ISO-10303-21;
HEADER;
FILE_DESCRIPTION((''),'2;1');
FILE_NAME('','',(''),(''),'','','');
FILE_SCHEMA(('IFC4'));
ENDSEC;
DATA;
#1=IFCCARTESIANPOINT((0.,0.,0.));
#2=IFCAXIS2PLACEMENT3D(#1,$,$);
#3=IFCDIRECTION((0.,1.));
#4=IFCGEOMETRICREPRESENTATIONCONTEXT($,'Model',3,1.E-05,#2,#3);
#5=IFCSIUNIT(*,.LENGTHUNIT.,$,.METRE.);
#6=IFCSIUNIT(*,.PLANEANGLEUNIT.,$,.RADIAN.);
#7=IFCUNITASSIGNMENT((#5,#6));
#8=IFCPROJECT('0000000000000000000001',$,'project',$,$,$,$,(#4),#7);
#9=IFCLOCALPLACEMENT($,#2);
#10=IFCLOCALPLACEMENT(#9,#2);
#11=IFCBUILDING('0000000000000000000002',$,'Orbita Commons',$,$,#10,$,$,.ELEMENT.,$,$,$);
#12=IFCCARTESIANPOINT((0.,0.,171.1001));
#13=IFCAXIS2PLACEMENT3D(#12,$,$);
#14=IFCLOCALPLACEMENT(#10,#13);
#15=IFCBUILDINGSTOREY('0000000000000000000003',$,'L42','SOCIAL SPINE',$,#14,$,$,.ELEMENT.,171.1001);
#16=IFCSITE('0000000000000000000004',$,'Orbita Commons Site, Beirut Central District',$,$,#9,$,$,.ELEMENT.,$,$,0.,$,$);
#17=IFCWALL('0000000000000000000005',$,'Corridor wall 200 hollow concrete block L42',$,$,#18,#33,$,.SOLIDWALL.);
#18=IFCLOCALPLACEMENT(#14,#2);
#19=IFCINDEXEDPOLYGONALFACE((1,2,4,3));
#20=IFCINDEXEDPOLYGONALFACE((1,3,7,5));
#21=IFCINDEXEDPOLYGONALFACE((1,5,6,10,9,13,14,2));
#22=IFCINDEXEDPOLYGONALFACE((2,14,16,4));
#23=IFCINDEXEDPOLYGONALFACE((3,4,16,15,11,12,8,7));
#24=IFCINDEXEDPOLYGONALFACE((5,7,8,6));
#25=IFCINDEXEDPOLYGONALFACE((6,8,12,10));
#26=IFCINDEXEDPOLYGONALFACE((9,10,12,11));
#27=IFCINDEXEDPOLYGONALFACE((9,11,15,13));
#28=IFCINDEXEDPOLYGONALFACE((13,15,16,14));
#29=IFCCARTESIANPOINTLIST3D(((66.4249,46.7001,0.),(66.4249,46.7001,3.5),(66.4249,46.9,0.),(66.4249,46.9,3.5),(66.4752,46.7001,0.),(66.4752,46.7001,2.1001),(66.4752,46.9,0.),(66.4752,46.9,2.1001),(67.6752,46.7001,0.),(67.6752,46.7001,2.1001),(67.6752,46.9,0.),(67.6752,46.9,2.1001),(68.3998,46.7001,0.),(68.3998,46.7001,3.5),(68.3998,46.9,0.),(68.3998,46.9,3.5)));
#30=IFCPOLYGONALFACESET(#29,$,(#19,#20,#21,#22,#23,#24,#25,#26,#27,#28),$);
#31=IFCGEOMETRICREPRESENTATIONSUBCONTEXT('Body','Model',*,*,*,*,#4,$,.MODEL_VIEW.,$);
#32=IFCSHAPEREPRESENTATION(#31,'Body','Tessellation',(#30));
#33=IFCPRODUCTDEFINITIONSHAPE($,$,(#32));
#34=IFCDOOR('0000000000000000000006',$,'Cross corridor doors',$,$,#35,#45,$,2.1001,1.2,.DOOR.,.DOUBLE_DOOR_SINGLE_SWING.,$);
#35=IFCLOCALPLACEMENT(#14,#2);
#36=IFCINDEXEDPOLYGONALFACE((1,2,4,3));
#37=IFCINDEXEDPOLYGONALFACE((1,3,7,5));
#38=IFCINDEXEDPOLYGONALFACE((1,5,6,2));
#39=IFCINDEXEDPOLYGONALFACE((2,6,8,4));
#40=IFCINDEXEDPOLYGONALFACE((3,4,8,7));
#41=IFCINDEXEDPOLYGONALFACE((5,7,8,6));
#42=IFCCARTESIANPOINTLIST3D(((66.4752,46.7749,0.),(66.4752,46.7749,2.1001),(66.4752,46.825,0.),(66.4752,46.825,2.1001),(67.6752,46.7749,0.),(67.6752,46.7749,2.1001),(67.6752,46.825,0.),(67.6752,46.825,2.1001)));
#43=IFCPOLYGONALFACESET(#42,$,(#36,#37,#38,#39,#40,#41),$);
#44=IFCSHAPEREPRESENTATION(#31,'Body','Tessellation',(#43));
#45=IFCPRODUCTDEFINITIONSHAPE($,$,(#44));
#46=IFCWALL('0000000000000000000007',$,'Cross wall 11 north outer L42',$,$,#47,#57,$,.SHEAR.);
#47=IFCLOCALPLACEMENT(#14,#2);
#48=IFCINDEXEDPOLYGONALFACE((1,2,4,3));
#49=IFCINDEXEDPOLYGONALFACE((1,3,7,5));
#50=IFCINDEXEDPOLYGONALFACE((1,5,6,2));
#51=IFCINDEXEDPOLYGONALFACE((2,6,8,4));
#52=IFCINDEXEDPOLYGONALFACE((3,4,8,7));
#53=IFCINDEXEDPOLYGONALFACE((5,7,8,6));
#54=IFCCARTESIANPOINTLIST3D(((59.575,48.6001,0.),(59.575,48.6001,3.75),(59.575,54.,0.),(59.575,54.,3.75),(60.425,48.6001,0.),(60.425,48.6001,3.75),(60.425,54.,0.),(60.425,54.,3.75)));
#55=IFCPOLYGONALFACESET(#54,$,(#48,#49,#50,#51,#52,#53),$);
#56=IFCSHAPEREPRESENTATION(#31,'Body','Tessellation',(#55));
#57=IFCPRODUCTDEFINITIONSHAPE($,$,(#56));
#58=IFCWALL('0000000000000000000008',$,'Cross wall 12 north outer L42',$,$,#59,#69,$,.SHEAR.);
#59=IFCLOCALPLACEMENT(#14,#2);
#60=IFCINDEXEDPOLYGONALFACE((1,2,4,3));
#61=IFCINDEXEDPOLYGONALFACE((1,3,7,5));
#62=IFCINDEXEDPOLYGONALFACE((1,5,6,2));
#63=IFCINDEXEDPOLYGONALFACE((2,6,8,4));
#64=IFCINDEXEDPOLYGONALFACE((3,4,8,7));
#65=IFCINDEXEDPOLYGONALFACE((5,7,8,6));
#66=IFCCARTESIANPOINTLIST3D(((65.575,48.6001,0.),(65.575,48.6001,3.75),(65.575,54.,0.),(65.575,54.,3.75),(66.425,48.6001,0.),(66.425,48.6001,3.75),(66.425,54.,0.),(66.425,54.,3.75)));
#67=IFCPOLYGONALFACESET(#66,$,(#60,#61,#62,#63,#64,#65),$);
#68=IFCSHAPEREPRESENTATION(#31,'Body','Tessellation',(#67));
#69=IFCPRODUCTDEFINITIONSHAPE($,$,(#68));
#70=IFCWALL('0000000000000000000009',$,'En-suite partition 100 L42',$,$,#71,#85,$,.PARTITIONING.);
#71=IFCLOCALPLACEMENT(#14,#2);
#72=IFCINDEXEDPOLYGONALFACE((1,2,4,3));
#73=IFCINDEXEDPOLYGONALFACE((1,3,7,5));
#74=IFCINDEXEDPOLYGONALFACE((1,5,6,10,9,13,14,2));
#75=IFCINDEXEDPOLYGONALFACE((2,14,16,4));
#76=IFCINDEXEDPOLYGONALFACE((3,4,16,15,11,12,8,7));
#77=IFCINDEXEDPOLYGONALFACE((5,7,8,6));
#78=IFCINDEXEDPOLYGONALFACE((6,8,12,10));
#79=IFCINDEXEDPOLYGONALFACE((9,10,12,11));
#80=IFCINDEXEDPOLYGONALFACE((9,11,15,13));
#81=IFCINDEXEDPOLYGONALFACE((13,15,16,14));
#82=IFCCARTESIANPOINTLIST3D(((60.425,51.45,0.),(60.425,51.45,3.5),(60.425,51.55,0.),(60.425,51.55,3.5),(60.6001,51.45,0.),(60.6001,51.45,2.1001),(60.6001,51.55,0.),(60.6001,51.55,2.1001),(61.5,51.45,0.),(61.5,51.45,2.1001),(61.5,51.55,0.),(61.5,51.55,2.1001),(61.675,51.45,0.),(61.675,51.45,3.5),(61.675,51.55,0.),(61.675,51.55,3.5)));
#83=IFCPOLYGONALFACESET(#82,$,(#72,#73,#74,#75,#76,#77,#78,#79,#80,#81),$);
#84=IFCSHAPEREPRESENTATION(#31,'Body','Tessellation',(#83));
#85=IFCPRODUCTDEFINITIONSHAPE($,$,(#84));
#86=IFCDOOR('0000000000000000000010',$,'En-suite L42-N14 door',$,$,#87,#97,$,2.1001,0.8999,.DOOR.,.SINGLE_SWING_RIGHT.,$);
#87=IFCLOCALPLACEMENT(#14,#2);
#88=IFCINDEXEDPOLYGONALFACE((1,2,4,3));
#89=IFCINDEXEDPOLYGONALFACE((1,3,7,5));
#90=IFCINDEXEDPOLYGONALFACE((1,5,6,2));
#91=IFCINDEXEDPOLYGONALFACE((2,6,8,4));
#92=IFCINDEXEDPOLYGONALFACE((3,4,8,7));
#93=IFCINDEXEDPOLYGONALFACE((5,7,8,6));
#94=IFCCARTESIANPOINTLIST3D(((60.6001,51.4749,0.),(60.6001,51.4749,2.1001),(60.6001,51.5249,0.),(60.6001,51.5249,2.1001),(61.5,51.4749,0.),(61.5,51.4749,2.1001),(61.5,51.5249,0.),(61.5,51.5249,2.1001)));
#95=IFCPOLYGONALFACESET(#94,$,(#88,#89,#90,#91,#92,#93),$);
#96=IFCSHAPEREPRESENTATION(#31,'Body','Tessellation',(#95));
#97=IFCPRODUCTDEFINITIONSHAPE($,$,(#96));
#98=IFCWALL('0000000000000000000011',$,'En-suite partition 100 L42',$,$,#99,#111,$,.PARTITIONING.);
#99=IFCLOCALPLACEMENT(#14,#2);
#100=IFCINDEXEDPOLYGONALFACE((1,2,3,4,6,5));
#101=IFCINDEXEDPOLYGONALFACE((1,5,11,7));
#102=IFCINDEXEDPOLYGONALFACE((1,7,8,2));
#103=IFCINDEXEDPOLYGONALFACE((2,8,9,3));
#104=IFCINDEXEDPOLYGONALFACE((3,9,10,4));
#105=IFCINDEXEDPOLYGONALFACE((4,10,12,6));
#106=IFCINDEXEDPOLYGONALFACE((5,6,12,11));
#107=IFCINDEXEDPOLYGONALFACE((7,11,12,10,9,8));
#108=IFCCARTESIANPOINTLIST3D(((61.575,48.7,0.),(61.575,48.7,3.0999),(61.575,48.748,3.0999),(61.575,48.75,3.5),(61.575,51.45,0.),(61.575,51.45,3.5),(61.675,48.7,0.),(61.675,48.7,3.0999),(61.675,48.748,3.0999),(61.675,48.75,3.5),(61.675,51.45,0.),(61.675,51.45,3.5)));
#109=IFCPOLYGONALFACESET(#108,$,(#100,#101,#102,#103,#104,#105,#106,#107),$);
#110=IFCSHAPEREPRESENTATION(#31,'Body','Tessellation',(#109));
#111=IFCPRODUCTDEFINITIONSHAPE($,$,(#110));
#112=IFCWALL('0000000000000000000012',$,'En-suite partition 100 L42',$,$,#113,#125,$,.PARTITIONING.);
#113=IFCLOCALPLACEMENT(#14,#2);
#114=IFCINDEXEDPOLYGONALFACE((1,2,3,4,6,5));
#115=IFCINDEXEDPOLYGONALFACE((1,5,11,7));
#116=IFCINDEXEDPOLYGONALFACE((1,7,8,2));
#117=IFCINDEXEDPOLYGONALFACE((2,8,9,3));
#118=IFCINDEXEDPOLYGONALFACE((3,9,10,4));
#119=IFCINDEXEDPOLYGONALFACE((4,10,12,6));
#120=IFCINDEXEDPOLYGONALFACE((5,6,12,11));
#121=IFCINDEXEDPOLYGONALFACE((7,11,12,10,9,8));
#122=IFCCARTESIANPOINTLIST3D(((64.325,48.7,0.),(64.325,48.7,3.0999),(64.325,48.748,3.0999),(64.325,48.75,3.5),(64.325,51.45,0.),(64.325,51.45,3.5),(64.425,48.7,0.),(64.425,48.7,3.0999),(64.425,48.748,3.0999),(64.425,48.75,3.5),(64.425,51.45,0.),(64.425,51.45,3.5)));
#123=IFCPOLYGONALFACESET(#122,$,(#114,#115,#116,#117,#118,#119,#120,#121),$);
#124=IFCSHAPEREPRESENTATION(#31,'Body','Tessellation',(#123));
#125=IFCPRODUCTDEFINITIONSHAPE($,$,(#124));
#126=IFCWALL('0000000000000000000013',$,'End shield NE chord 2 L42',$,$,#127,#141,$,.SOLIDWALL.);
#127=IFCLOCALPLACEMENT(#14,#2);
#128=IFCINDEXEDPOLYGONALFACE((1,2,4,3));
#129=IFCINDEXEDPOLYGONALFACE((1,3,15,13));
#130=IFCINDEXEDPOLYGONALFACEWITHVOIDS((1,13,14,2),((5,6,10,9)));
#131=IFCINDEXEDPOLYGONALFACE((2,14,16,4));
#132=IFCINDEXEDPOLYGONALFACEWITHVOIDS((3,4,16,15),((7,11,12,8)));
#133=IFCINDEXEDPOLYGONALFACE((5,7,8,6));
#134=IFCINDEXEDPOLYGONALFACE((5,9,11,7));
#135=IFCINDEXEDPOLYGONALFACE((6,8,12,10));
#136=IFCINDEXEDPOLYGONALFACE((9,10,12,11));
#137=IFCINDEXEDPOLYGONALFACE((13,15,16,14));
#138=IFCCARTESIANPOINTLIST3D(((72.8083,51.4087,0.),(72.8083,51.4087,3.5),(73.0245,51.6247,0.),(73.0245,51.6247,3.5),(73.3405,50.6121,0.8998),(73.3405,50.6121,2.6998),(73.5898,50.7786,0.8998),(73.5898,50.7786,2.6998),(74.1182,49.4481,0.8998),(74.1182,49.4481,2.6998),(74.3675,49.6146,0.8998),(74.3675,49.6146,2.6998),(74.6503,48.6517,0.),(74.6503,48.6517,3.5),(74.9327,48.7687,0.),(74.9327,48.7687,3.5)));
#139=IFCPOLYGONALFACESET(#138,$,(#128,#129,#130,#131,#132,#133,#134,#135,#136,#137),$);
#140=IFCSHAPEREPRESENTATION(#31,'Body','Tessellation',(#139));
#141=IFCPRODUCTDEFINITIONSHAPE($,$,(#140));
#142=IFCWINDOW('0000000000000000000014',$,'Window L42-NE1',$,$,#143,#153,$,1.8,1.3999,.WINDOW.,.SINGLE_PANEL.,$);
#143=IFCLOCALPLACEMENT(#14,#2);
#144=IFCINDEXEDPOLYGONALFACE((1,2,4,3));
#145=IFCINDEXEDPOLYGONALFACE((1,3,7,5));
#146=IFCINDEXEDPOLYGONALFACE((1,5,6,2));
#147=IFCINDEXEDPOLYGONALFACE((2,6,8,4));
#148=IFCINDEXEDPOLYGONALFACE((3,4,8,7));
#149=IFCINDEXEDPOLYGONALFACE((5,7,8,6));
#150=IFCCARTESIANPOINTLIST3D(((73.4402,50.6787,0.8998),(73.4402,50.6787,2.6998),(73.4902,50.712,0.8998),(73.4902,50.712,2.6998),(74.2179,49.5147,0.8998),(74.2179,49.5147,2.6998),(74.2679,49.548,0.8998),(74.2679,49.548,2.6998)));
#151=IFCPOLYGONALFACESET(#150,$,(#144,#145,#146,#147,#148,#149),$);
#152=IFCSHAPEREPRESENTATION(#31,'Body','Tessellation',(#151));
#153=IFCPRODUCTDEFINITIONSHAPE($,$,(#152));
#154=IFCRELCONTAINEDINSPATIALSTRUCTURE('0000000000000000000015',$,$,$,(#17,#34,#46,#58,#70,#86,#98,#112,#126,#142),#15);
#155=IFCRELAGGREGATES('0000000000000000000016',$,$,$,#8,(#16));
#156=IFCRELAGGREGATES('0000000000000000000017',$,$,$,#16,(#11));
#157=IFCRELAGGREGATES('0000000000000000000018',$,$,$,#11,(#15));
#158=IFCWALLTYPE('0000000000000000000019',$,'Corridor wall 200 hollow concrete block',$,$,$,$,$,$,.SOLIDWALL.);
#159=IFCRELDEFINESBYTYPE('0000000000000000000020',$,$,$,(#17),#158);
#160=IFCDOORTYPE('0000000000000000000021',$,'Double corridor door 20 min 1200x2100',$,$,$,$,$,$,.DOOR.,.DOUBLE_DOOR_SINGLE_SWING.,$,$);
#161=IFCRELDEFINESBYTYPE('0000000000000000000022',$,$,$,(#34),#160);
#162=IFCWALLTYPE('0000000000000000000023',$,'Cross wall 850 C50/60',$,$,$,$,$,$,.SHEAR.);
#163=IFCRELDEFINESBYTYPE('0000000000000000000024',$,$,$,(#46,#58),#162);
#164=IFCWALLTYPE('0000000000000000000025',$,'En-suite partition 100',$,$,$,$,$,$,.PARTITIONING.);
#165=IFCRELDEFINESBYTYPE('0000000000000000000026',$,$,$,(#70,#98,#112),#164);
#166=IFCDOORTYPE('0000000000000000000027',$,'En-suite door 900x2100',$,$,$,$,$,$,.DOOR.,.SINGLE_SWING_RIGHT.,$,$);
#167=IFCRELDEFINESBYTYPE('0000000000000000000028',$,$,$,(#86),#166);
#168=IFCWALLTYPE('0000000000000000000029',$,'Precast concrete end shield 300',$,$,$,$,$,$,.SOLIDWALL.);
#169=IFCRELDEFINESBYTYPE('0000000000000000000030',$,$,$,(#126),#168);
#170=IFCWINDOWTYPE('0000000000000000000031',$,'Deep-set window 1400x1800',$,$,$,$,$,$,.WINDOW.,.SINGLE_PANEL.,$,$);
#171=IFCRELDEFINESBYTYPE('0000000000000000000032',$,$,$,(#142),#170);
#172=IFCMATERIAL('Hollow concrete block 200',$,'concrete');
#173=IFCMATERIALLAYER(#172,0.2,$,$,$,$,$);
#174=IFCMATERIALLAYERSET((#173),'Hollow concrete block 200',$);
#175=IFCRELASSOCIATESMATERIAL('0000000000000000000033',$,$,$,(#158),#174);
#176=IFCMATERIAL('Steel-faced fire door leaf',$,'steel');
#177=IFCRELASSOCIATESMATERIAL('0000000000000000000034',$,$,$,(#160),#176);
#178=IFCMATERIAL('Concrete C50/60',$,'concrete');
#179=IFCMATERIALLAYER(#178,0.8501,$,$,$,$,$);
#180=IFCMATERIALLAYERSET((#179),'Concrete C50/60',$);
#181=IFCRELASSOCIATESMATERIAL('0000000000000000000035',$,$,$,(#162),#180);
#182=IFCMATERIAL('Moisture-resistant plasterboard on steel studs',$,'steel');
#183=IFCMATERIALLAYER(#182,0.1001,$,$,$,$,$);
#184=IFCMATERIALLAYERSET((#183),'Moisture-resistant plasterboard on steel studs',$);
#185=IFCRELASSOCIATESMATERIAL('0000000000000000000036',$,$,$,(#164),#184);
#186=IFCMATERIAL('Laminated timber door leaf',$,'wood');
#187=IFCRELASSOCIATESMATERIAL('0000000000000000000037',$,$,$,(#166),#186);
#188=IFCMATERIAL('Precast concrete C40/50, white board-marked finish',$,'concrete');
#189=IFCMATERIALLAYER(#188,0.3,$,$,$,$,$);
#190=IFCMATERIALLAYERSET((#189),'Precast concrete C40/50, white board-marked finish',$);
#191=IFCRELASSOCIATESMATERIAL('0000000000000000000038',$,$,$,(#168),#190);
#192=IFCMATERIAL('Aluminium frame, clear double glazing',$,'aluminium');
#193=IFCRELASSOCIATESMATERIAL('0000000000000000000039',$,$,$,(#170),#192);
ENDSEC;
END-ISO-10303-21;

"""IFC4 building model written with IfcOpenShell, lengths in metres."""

from ifc_helpers import new_model, si_unit, direction, frame, frame_2d, origin, place, context, subcontext, project, spatial, polyline, rectangle, outline, extrude, material, layer, layer_set, type_object, element, fill, save


model = new_model("IFC4")

# Units and contexts
model_context = context("Model", 3, precision=1e-05, world=origin(), true_north=direction((0.0, 1.0)))
body_context = subcontext(model_context, "Body", "Model", "MODEL_VIEW")
ifc_project = project(units=[si_unit("LENGTHUNIT", "METRE"), si_unit("PLANEANGLEUNIT", "RADIAN")], contexts=[model_context])

# Site, building, storey
site_placement = place(None, origin())
site = spatial("IfcSite", under=ifc_project, at=site_placement, Name="Orbita Commons Site, Beirut Central District", CompositionType="ELEMENT", RefElevation=0.0)
building_placement = place(site_placement, origin())
building = spatial("IfcBuilding", under=site, at=building_placement, Name="Orbita Commons", CompositionType="ELEMENT")
storey_placement = place(building_placement, frame((0.0, 0.0, 171.1001)))
storey = spatial("IfcBuildingStorey", under=building, at=storey_placement, Name="L42", Description="SOCIAL SPINE", CompositionType="ELEMENT", Elevation=171.1001)

# Wall, opening, door
ifc_material_1 = material(Name="Hollow concrete block 200", Category="concrete")
ifc_layer_1 = layer(ifc_material_1, 0.2)
ifc_layer_set_1 = layer_set([ifc_layer_1], Name="Hollow concrete block 200")
wall_type_1 = type_object("IfcWallType", Name="Corridor wall 200 hollow concrete block", PredefinedType="SOLIDWALL", material=ifc_layer_set_1)
wall_1_placement = place(storey_placement, frame((66.425, 46.8, 0.0), z_axis=(0.0, 0.0, 1.0), x_axis=(1.0, 0.0, 0.0)))
wall_1 = element("IfcWall", 1, at=wall_1_placement, inside=storey, type_object=wall_type_1, Name="Corridor wall 200 hollow concrete block L42", PredefinedType="SOLIDWALL", context=body_context, shape_type="SweptSolid", body=[
    extrude(rectangle(XDim=1.9749, YDim=0.2, at=frame_2d((0.9873, 0.0))), origin(), (0.0, 0.0, 1.0), 3.5),
])
opening_1_placement = place(wall_1_placement, frame((0.05, 0.0, 0.0)))
opening_1 = element("IfcOpeningElement", 2, at=opening_1_placement, cuts=wall_1, PredefinedType="OPENING", context=body_context, shape_type="SweptSolid", body=[
    extrude(rectangle(XDim=1.2, YDim=2.1001, at=frame_2d((0.6001, 1.05))), frame((0.0, 0.1099, 0.0), z_axis=(0.0, -1.0, 0.0), x_axis=(1.0, 0.0, 0.0)), (0.0, 0.0, 1.0), 0.22),
])
ifc_material_2 = material(Name="Steel-faced fire door leaf", Category="steel")
door_type_1 = type_object("IfcDoorType", Name="Double corridor door 20 min 1200x2100", OperationType="DOUBLE_DOOR_SINGLE_SWING", PredefinedType="DOOR", material=ifc_material_2)
door_1_placement = place(opening_1_placement, origin())
door_1 = element("IfcDoor", 3, at=door_1_placement, inside=storey, type_object=door_type_1, Name="Cross corridor doors", OperationType="DOUBLE_DOOR_SINGLE_SWING", OverallHeight=2.1001, OverallWidth=1.2, PredefinedType="DOOR", context=body_context, shape_type="SweptSolid", body=[
    extrude(rectangle(XDim=1.2, YDim=2.1001, at=frame_2d((0.6001, 1.05))), frame((0.0, 0.0249, 0.0), z_axis=(0.0, -1.0, 0.0), x_axis=(1.0, 0.0, 0.0)), (0.0, 0.0, 1.0), 0.05),
])
fill(opening_1, door_1)

# Walls
ifc_material_3 = material(Name="Concrete C50/60", Category="concrete")
ifc_layer_2 = layer(ifc_material_3, 0.8501)
ifc_layer_set_2 = layer_set([ifc_layer_2], Name="Concrete C50/60")
wall_type_2 = type_object("IfcWallType", Name="Cross wall 850 C50/60", PredefinedType="SHEAR", material=ifc_layer_set_2)
for number, where, z_axis, x_axis, name in (
    (4, (60.0, 48.6001, 0.0), (0.0, 0.0, 1.0), (0.0, 1.0, 0.0), "Cross wall 11 north outer L42"),
    (5, (66.0, 48.6001, 0.0), (0.0, 0.0, 1.0), (0.0, 1.0, 0.0), "Cross wall 12 north outer L42"),
):
    element("IfcWall", number, at=place(storey_placement, frame(where, z_axis=z_axis, x_axis=x_axis)), inside=storey, type_object=wall_type_2, Name=name, PredefinedType="SHEAR", context=body_context, shape_type="SweptSolid", body=[
        extrude(rectangle(XDim=5.3999, YDim=0.8501, at=frame_2d((2.7, 0.0))), origin(), (0.0, 0.0, 1.0), 3.75),
    ])

# Wall, opening, door
ifc_material_4 = material(Name="Moisture-resistant plasterboard on steel studs", Category="steel")
ifc_layer_3 = layer(ifc_material_4, 0.1001)
ifc_layer_set_3 = layer_set([ifc_layer_3], Name="Moisture-resistant plasterboard on steel studs")
wall_type_3 = type_object("IfcWallType", Name="En-suite partition 100", PredefinedType="PARTITIONING", material=ifc_layer_set_3)
wall_2_placement = place(storey_placement, frame((60.425, 51.5, 0.0), z_axis=(0.0, 0.0, 1.0), x_axis=(1.0, 0.0, 0.0)))
wall_2 = element("IfcWall", 6, at=wall_2_placement, inside=storey, type_object=wall_type_3, Name="En-suite partition 100 L42", PredefinedType="PARTITIONING", context=body_context, shape_type="SweptSolid", body=[
    extrude(rectangle(XDim=1.25, YDim=0.1001, at=frame_2d((0.625, 0.0))), origin(), (0.0, 0.0, 1.0), 3.5),
])
opening_2_placement = place(wall_2_placement, frame((0.175, 0.0, 0.0)))
opening_2 = element("IfcOpeningElement", 7, at=opening_2_placement, cuts=wall_2, PredefinedType="OPENING", context=body_context, shape_type="SweptSolid", body=[
    extrude(rectangle(XDim=0.8999, YDim=2.1001, at=frame_2d((0.45, 1.05))), frame((0.0, 0.0601, 0.0), z_axis=(0.0, -1.0, 0.0), x_axis=(1.0, 0.0, 0.0)), (0.0, 0.0, 1.0), 0.1201),
])
ifc_material_5 = material(Name="Laminated timber door leaf", Category="wood")
door_type_2 = type_object("IfcDoorType", Name="En-suite door 900x2100", OperationType="SINGLE_SWING_RIGHT", PredefinedType="DOOR", material=ifc_material_5)
door_2_placement = place(opening_2_placement, origin())
door_2 = element("IfcDoor", 8, at=door_2_placement, inside=storey, type_object=door_type_2, Name="En-suite L42-N14 door", OperationType="SINGLE_SWING_RIGHT", OverallHeight=2.1001, OverallWidth=0.8999, PredefinedType="DOOR", context=body_context, shape_type="SweptSolid", body=[
    extrude(rectangle(XDim=0.8999, YDim=2.1001, at=frame_2d((0.45, 1.05))), frame((0.0, 0.0249, 0.0), z_axis=(0.0, -1.0, 0.0), x_axis=(1.0, 0.0, 0.0)), (0.0, 0.0, 1.0), 0.05),
])
fill(opening_2, door_2)

# Walls
for number, where, z_axis, x_axis, name in (
    (9, (61.625, 51.45, 0.0), (0.0, 0.0, 1.0), (0.0, -1.0, 0.0), "En-suite partition 100 L42"),
    (10, (64.375, 51.45, 0.0), (0.0, 0.0, 1.0), (0.0, -1.0, 0.0), "En-suite partition 100 L42"),
):
    element("IfcWall", number, at=place(storey_placement, frame(where, z_axis=z_axis, x_axis=x_axis)), inside=storey, type_object=wall_type_3, Name=name, PredefinedType="PARTITIONING", context=body_context, shape_type="SweptSolid", body=[
        extrude(outline(polyline([(0.0, 0.0), (2.75, 0.0), (2.75, 3.0999), (2.7019, 3.0999), (2.7, 3.5), (0.0, 3.5), (0.0, 0.0)])), frame((0.0, 0.05, 0.0), z_axis=(0.0, -1.0, 0.0), x_axis=(1.0, 0.0, 0.0)), (0.0, 0.0, 1.0), 0.1001),
    ])

# Wall, opening, window
ifc_material_6 = material(Name="Precast concrete C40/50, white board-marked finish", Category="concrete")
ifc_layer_4 = layer(ifc_material_6, 0.3)
ifc_layer_set_4 = layer_set([ifc_layer_4], Name="Precast concrete C40/50, white board-marked finish")
wall_type_4 = type_object("IfcWallType", Name="Precast concrete end shield 300", PredefinedType="SOLIDWALL", material=ifc_layer_set_4)
wall_3_placement = place(storey_placement, frame((74.7915, 48.7102, 0.0), z_axis=(0.0, 0.0, 1.0), x_axis=(-0.555535, 0.831493, 0.0)))
wall_3 = element("IfcWall", 11, at=wall_3_placement, inside=storey, type_object=wall_type_4, Name="End shield NE chord 2 L42", PredefinedType="SOLIDWALL", context=body_context, shape_type="SweptSolid", body=[
    extrude(outline(polyline([(-0.0298, -0.1499), (3.405, -0.1499), (3.3455, 0.1499), (0.0298, 0.1499), (-0.0298, -0.1499)])), origin(), (0.0, 0.0, 1.0), 3.5),
])
opening_3_placement = place(wall_3_placement, frame((0.9875, 0.0, 0.8999)))
opening_3 = element("IfcOpeningElement", 12, at=opening_3_placement, cuts=wall_3, PredefinedType="OPENING", context=body_context, shape_type="SweptSolid", body=[
    extrude(rectangle(XDim=1.3999, YDim=1.8, at=frame_2d((0.7, 0.8999))), frame((0.0, 0.1599, 0.0), z_axis=(0.0, -1.0, 0.0), x_axis=(1.0, 0.0, 0.0)), (0.0, 0.0, 1.0), 0.3201),
])
ifc_material_7 = material(Name="Aluminium frame, clear double glazing", Category="aluminium")
window_type = type_object("IfcWindowType", Name="Deep-set window 1400x1800", PartitioningType="SINGLE_PANEL", PredefinedType="WINDOW", material=ifc_material_7)
window_placement = place(opening_3_placement, origin())
window = element("IfcWindow", 13, at=window_placement, inside=storey, type_object=window_type, Name="Window L42-NE1", OverallHeight=1.8, OverallWidth=1.3999, PartitioningType="SINGLE_PANEL", PredefinedType="WINDOW", context=body_context, shape_type="SweptSolid", body=[
    extrude(rectangle(XDim=1.3999, YDim=1.8, at=frame_2d((0.7, 0.8999))), frame((0.0, 0.03, 0.0), z_axis=(0.0, -1.0, 0.0), x_axis=(1.0, 0.0, 0.0)), (0.0, 0.0, 1.0), 0.0601),
])
fill(opening_3, window)

save(model, "model.ifc")
